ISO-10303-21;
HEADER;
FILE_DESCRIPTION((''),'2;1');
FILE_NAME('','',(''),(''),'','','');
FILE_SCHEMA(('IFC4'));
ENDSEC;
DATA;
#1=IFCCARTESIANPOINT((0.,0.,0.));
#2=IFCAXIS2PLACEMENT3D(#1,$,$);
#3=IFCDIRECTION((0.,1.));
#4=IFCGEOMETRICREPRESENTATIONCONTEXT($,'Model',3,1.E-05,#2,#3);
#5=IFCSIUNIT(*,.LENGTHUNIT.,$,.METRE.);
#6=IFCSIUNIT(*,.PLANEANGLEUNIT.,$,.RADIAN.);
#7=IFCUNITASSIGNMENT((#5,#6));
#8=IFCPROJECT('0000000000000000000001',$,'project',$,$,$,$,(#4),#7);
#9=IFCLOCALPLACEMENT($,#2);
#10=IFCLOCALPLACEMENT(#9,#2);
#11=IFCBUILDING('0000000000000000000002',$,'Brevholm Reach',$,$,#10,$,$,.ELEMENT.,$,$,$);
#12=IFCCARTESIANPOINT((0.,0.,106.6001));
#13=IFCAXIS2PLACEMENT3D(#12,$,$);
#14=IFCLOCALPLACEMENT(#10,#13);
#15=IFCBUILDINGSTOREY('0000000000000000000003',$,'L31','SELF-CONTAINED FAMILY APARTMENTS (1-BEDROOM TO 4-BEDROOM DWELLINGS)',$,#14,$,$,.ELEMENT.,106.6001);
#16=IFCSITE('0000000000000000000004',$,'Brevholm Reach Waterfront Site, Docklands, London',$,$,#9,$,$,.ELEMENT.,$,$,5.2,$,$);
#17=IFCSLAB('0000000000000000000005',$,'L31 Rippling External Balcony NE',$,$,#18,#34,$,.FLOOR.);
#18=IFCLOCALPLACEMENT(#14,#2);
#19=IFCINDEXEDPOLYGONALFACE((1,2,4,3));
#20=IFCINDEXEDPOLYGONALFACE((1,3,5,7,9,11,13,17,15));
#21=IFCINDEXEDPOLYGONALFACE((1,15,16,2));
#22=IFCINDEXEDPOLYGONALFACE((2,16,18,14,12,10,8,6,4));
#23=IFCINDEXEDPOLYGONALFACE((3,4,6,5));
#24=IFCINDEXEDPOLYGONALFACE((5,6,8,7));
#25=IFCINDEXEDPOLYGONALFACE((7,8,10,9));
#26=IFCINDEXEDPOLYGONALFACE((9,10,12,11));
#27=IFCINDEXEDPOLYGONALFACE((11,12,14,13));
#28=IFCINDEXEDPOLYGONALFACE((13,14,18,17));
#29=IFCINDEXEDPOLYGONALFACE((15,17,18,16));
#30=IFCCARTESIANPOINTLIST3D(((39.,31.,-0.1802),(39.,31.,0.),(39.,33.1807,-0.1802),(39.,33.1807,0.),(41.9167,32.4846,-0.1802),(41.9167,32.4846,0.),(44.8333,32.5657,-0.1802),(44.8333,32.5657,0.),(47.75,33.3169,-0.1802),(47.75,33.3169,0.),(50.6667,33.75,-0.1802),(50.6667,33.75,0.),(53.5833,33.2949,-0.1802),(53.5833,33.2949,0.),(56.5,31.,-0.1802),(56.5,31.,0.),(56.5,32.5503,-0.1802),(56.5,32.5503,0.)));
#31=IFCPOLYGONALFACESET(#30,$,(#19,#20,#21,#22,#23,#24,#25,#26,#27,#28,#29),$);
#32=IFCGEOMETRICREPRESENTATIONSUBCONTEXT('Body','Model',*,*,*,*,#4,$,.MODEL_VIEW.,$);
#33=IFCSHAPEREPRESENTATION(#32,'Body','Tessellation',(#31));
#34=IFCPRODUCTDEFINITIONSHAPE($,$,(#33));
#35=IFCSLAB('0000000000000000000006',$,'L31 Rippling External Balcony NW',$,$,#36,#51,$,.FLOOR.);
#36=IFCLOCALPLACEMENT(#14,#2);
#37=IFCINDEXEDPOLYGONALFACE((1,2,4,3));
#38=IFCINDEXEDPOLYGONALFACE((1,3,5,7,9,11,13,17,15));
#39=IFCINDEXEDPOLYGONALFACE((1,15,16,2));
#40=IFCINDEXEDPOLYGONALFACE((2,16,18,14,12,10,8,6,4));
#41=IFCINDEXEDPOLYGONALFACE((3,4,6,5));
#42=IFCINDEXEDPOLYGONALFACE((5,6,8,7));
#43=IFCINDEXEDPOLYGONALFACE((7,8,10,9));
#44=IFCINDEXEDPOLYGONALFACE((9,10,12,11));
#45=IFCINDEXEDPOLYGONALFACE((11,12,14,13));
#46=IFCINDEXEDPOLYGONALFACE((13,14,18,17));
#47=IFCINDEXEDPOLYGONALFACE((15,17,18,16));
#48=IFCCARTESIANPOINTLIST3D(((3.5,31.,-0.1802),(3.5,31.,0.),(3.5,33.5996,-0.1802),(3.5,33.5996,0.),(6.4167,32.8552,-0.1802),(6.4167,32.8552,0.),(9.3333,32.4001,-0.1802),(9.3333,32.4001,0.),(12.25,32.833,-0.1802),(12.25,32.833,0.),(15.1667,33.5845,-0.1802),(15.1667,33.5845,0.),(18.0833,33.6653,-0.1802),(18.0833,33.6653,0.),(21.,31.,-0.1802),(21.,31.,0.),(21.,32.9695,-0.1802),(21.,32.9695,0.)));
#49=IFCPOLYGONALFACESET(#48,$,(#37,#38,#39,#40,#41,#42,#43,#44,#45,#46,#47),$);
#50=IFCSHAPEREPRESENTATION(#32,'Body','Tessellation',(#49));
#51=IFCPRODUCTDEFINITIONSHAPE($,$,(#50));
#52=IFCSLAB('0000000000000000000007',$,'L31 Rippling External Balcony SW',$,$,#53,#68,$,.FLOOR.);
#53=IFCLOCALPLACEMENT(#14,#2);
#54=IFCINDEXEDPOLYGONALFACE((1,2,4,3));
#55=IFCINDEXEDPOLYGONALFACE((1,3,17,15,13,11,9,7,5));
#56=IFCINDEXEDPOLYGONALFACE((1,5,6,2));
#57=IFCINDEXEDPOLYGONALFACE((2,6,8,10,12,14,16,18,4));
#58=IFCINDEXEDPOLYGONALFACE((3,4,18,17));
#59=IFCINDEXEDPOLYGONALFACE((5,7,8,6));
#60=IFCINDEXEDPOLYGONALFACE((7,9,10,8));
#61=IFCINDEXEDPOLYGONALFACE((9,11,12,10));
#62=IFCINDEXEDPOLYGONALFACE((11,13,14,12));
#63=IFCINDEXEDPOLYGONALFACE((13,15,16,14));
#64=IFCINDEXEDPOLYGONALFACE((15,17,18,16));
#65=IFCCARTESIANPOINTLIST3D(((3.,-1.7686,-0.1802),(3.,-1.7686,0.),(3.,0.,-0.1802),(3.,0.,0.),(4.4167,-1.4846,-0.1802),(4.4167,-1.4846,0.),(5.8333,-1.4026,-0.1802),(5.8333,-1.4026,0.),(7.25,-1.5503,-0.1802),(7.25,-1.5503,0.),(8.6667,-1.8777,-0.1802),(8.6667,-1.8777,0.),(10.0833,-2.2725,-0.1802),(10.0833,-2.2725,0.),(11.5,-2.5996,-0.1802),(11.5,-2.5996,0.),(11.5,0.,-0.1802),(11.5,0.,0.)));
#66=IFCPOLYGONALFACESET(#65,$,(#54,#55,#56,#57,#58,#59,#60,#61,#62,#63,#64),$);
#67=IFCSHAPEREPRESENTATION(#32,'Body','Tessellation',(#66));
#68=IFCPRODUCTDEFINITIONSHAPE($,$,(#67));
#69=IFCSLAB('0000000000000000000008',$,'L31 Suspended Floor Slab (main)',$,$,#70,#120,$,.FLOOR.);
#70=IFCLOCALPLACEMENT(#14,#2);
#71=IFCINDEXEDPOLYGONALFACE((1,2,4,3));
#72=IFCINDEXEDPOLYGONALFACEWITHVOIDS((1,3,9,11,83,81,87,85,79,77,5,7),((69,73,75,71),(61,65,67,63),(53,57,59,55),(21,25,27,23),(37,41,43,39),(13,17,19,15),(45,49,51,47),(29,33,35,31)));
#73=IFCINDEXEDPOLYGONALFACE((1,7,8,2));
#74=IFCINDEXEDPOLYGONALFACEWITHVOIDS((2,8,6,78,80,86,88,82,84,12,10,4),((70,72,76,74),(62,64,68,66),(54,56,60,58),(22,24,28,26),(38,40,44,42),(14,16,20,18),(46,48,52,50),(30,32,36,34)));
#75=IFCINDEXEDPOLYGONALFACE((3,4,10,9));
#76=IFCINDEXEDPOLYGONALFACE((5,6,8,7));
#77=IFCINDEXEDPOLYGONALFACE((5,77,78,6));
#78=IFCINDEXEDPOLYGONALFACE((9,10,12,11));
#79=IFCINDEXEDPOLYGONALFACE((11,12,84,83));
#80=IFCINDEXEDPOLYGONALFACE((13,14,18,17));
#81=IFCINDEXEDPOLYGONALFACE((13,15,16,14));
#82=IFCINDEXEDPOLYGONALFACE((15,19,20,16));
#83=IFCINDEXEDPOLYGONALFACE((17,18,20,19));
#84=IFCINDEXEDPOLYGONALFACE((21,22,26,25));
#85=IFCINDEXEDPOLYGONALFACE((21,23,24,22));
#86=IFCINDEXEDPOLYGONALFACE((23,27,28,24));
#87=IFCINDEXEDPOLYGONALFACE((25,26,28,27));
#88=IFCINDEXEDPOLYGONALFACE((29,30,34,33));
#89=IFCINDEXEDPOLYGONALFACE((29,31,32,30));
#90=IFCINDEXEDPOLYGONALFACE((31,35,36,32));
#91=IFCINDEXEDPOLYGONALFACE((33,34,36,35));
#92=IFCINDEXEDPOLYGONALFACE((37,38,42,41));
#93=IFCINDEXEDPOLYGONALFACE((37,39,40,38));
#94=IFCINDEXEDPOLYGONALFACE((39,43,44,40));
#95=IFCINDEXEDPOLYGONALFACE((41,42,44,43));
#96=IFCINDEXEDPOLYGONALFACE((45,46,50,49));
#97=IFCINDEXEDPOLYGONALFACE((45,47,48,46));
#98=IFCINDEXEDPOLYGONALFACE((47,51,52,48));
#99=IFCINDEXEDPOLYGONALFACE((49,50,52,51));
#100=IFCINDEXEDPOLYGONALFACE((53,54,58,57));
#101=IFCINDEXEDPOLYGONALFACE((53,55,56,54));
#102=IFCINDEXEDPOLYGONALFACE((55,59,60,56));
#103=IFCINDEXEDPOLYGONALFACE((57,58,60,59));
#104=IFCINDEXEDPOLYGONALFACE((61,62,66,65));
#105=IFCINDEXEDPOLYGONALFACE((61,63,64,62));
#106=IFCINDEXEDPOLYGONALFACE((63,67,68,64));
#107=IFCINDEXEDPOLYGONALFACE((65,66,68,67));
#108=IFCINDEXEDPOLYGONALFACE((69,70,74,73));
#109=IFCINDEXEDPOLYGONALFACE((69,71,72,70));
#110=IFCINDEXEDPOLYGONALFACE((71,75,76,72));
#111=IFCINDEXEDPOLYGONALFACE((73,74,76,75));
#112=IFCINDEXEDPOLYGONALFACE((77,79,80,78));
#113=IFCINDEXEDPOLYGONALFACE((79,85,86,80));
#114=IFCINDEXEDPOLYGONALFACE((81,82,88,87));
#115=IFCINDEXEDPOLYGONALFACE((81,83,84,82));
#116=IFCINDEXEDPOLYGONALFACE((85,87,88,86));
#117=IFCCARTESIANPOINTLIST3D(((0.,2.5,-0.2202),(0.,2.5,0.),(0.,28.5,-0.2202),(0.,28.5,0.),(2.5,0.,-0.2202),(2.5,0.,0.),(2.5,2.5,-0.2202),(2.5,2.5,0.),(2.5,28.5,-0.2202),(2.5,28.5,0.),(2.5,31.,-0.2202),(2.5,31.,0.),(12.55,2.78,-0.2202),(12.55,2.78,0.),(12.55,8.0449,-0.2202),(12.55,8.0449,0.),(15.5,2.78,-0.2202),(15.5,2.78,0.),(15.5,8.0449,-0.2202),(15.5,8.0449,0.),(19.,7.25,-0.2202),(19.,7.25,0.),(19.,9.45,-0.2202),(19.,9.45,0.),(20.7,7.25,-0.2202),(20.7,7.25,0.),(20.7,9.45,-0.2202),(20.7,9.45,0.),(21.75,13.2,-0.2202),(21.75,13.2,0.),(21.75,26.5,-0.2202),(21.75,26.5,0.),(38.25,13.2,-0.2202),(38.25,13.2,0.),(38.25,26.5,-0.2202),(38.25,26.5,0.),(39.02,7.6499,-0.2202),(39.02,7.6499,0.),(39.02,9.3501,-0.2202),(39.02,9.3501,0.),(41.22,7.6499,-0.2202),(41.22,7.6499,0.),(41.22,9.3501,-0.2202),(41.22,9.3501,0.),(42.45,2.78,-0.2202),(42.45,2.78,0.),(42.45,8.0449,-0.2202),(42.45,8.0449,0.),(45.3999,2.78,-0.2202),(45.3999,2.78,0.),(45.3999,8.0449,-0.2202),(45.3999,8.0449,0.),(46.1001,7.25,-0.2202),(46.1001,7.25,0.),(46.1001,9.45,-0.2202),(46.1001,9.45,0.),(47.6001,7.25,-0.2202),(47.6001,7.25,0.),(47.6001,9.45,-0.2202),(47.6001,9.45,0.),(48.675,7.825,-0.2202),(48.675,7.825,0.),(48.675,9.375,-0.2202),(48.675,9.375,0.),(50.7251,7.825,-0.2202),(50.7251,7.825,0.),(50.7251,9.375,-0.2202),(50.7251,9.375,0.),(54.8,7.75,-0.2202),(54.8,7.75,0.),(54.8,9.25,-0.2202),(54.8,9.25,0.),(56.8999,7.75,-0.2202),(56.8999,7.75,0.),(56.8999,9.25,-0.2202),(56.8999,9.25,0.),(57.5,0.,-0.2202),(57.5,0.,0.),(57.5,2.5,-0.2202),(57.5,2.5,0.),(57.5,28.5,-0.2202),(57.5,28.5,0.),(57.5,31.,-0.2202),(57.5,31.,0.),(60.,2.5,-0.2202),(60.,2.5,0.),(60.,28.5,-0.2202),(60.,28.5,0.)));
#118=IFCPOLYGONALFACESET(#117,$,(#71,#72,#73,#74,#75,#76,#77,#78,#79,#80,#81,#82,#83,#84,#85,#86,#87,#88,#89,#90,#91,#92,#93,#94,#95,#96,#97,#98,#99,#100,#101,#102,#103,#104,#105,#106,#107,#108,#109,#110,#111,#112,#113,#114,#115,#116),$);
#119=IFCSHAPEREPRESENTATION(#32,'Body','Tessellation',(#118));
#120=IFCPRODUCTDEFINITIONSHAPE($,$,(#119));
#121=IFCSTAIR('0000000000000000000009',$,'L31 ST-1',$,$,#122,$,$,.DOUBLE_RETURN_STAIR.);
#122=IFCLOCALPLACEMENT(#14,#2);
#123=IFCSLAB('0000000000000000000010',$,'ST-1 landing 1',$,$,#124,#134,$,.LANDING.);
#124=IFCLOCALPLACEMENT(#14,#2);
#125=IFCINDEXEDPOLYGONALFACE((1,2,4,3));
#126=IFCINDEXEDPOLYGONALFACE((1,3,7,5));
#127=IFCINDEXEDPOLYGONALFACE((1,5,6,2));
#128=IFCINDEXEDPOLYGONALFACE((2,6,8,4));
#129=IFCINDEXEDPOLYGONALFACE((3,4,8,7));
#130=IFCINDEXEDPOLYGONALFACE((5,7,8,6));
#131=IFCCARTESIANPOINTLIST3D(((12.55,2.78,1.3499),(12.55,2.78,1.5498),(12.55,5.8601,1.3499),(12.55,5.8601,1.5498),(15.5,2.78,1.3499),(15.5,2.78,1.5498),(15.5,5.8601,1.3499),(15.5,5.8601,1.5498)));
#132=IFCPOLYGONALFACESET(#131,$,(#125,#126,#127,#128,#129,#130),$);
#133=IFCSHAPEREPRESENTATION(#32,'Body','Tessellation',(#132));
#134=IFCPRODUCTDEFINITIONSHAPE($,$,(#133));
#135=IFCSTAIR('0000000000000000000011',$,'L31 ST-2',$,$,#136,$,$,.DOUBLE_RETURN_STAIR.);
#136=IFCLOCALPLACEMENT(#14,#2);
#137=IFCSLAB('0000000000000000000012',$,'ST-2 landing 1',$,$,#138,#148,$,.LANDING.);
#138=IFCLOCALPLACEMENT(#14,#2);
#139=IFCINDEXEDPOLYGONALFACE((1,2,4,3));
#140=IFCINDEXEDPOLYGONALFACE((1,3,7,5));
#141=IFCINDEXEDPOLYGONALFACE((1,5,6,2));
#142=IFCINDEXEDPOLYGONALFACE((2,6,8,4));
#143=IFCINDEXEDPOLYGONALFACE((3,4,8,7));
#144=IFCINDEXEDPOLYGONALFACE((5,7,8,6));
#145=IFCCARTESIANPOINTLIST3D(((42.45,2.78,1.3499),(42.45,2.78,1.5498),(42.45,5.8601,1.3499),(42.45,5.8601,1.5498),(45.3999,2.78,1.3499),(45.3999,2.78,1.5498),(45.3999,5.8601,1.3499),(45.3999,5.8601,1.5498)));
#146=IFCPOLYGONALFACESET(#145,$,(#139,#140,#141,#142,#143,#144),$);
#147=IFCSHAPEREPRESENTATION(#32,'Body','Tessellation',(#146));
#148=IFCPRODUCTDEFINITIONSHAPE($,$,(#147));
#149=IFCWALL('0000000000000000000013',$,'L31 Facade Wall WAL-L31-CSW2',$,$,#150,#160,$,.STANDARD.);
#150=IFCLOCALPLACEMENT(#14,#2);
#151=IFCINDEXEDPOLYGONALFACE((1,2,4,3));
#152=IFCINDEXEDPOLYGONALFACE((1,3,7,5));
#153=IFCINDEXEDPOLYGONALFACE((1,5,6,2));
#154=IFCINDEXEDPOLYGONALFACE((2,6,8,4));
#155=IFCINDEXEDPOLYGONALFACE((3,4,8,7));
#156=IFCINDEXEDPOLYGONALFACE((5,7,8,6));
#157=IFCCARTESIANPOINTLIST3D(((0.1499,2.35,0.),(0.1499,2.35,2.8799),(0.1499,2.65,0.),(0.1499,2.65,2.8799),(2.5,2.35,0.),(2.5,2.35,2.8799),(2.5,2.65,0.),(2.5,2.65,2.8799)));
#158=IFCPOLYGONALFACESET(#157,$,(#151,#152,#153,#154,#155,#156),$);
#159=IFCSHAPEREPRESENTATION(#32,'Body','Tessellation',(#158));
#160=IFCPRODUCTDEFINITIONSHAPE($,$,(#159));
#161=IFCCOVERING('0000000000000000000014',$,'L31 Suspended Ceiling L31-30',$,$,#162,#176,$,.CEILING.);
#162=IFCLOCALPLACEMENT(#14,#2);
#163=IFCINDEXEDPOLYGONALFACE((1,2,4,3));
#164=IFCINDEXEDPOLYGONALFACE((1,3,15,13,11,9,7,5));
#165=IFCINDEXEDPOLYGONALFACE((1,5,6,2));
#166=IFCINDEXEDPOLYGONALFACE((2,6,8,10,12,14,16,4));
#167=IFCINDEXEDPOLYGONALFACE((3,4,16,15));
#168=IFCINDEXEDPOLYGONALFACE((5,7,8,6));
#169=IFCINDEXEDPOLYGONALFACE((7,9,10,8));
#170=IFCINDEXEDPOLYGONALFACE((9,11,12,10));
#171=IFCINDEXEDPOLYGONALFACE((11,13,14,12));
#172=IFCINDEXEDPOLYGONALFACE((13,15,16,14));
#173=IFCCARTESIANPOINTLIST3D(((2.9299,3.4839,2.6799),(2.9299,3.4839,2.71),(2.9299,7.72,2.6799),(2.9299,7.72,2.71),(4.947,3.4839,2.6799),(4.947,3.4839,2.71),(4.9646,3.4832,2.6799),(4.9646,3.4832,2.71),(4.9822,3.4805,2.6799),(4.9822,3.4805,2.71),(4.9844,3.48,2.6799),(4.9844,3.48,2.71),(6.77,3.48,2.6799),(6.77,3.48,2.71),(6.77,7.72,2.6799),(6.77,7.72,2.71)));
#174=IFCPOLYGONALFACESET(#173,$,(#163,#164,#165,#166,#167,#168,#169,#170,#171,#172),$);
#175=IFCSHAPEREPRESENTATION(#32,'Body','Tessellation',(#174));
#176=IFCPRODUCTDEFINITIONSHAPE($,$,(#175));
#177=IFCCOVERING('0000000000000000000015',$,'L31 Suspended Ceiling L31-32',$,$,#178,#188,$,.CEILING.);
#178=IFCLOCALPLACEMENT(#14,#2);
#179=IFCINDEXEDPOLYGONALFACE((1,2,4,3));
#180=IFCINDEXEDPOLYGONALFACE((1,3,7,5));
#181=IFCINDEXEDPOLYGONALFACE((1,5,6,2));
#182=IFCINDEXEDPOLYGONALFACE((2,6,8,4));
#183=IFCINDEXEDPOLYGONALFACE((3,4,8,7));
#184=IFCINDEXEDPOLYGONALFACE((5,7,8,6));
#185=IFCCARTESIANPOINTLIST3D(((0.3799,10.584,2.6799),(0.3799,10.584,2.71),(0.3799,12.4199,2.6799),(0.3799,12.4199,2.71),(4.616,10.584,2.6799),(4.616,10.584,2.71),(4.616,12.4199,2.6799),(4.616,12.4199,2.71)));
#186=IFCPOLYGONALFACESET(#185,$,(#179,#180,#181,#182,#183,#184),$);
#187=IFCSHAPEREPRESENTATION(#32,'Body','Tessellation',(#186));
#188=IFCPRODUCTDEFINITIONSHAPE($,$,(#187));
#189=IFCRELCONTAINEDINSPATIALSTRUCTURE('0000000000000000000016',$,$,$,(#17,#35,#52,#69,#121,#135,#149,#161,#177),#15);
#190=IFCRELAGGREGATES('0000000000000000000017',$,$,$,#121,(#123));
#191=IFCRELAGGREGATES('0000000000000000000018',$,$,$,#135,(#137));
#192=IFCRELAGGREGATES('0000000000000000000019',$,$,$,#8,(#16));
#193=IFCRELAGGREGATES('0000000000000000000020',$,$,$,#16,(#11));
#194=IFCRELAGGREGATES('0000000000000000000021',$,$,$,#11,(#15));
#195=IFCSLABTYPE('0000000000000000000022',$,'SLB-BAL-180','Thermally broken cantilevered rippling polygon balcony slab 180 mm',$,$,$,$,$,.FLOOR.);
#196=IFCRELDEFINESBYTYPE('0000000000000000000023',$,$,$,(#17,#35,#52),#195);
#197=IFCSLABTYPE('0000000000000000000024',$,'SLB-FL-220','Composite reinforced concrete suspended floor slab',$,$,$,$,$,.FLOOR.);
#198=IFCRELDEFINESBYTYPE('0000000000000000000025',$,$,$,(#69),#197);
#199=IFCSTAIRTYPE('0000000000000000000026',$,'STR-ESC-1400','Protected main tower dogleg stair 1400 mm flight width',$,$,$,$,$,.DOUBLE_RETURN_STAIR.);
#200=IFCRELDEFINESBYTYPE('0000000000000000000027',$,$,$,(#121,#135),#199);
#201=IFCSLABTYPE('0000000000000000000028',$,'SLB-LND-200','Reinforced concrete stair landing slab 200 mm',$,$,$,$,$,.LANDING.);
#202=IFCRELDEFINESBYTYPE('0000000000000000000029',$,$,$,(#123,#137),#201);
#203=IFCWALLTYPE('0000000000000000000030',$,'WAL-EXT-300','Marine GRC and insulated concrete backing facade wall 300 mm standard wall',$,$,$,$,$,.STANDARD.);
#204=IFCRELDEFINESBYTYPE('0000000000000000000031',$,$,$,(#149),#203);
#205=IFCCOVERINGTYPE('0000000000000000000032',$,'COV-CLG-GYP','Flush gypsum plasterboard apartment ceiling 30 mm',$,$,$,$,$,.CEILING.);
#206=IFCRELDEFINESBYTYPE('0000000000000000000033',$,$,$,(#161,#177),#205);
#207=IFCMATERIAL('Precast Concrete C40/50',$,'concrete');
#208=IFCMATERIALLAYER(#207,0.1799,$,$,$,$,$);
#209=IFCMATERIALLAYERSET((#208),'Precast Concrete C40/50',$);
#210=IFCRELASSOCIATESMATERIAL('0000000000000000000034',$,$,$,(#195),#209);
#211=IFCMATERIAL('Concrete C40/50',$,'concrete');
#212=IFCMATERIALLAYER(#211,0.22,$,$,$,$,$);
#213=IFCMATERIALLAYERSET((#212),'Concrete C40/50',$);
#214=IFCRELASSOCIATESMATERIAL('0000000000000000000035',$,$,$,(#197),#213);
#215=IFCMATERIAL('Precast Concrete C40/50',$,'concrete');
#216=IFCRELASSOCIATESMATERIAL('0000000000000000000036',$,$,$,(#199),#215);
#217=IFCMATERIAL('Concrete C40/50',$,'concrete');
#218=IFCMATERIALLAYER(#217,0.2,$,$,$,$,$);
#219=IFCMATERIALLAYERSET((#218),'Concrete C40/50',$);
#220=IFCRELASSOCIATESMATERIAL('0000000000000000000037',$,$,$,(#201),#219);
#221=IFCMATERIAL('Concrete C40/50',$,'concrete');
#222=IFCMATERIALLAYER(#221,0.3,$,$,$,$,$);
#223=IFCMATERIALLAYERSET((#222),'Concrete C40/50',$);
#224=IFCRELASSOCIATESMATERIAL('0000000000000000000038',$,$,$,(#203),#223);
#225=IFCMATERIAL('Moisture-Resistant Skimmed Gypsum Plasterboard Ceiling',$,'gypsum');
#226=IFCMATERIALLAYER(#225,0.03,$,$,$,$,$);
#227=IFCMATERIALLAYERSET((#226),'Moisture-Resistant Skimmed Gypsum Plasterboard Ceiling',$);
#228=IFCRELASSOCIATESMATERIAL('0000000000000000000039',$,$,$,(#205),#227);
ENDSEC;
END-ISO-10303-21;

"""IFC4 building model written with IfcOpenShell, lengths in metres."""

from ifc_helpers import new_model, si_unit, direction, frame, frame_2d, origin, place, context, subcontext, project, spatial, polyline, rectangle, outline, extrude, material, layer, layer_set, type_object, element, aggregate, save


model = new_model("IFC4")

# Units and contexts
model_context = context("Model", 3, precision=1e-05, world=origin(), true_north=direction((0.0, 1.0)))
body_context = subcontext(model_context, "Body", "Model", "MODEL_VIEW")
ifc_project = project(units=[si_unit("LENGTHUNIT", "METRE"), si_unit("PLANEANGLEUNIT", "RADIAN")], contexts=[model_context])

# Site, building, storey
site_placement = place(None, origin())
site = spatial("IfcSite", under=ifc_project, at=site_placement, Name="Brevholm Reach Waterfront Site, Docklands, London", CompositionType="ELEMENT", RefElevation=5.2)
building_placement = place(site_placement, origin())
building = spatial("IfcBuilding", under=site, at=building_placement, Name="Brevholm Reach", CompositionType="ELEMENT")
storey_placement = place(building_placement, frame((0.0, 0.0, 106.6001)))
storey = spatial("IfcBuildingStorey", under=building, at=storey_placement, Name="L31", Description="SELF-CONTAINED FAMILY APARTMENTS (1-BEDROOM TO 4-BEDROOM DWELLINGS)", CompositionType="ELEMENT", Elevation=106.6001)

# Slabs
ifc_material_1 = material(Name="Precast Concrete C40/50", Category="concrete")
ifc_layer_1 = layer(ifc_material_1, 0.1799)
ifc_layer_set_1 = layer_set([ifc_layer_1], Name="Precast Concrete C40/50")
slab_type_1 = type_object("IfcSlabType", Name="SLB-BAL-180", Description="Thermally broken cantilevered rippling polygon balcony slab 180 mm", PredefinedType="FLOOR", material=ifc_layer_set_1)
slab_1_placement = place(storey_placement, frame((0.0, 0.0, -0.1802)))
element("IfcSlab", 1, at=slab_1_placement, inside=storey, type_object=slab_type_1, Name="L31 Rippling External Balcony NE", PredefinedType="FLOOR", context=body_context, shape_type="SweptSolid", body=[
    extrude(outline(polyline([(39.0, 31.0), (56.5, 31.0), (56.5, 32.5503), (53.5833, 33.2949), (50.6667, 33.75), (47.75, 33.3169), (44.8333, 32.5657), (41.9167, 32.4846), (39.0, 33.1807), (39.0, 31.0)])), origin(), (0.0, 0.0, 1.0), 0.1802),
])
slab_2_placement = place(storey_placement, frame((0.0, 0.0, -0.1802)))
element("IfcSlab", 2, at=slab_2_placement, inside=storey, type_object=slab_type_1, Name="L31 Rippling External Balcony NW", PredefinedType="FLOOR", context=body_context, shape_type="SweptSolid", body=[
    extrude(outline(polyline([(3.5, 31.0), (21.0, 31.0), (21.0, 32.9695), (18.0833, 33.6653), (15.1667, 33.5845), (12.25, 32.833), (9.3333, 32.4001), (6.4167, 32.8552), (3.5, 33.5996), (3.5, 31.0)])), origin(), (0.0, 0.0, 1.0), 0.1802),
])
slab_3_placement = place(storey_placement, frame((0.0, 0.0, -0.1802)))
element("IfcSlab", 3, at=slab_3_placement, inside=storey, type_object=slab_type_1, Name="L31 Rippling External Balcony SW", PredefinedType="FLOOR", context=body_context, shape_type="SweptSolid", body=[
    extrude(outline(polyline([(3.0, -1.7686), (4.4167, -1.4846), (5.8333, -1.4026), (7.25, -1.5503), (8.6667, -1.8777), (10.0833, -2.2725), (11.5, -2.5996), (11.5, 0.0), (3.0, 0.0), (3.0, -1.7686)])), origin(), (0.0, 0.0, 1.0), 0.1802),
])
ifc_material_2 = material(Name="Concrete C40/50", Category="concrete")
ifc_layer_2 = layer(ifc_material_2, 0.22)
ifc_layer_set_2 = layer_set([ifc_layer_2], Name="Concrete C40/50")
slab_type_2 = type_object("IfcSlabType", Name="SLB-FL-220", Description="Composite reinforced concrete suspended floor slab", PredefinedType="FLOOR", material=ifc_layer_set_2)
slab_4_placement = place(storey_placement, frame((0.0, 0.0, -0.2202)))
element("IfcSlab", 4, at=slab_4_placement, inside=storey, type_object=slab_type_2, Name="L31 Suspended Floor Slab (main)", PredefinedType="FLOOR", context=body_context, shape_type="SweptSolid", body=[
    extrude(outline(polyline([(2.5, 0.0), (57.5, 0.0), (57.5, 2.5), (60.0, 2.5), (60.0, 28.5), (57.5, 28.5), (57.5, 31.0), (2.5, 31.0), (2.5, 28.5), (0.0, 28.5), (0.0, 2.5), (2.5, 2.5), (2.5, 0.0)]), holes=[polyline([(21.75, 13.2), (38.25, 13.2), (38.25, 26.5), (21.75, 26.5), (21.75, 13.2)]), polyline([(12.55, 2.78), (15.5, 2.78), (15.5, 8.0449), (12.55, 8.0449), (12.55, 2.78)]), polyline([(42.45, 2.78), (45.3999, 2.78), (45.3999, 8.0449), (42.45, 8.0449), (42.45, 2.78)]), polyline([(19.0, 7.25), (20.7, 7.25), (20.7, 9.45), (19.0, 9.45), (19.0, 7.25)]), polyline([(46.1001, 7.25), (47.6001, 7.25), (47.6001, 9.45), (46.1001, 9.45), (46.1001, 7.25)]), polyline([(48.675, 7.825), (50.7251, 7.825), (50.7251, 9.375), (48.675, 9.375), (48.675, 7.825)]), polyline([(54.8, 7.75), (56.8999, 7.75), (56.8999, 9.25), (54.8, 9.25), (54.8, 7.75)]), polyline([(39.02, 7.6499), (41.22, 7.6499), (41.22, 9.3501), (39.02, 9.3501), (39.02, 7.6499)])]), origin(), (0.0, 0.0, 1.0), 0.2202),
])

# Stairs, slabs
ifc_material_3 = material(Name="Precast Concrete C40/50", Category="concrete")
stair_type = type_object("IfcStairType", Name="STR-ESC-1400", Description="Protected main tower dogleg stair 1400 mm flight width", PredefinedType="DOUBLE_RETURN_STAIR", material=ifc_material_3)
stair_1_placement = place(storey_placement, origin())
stair_1 = element("IfcStair", 5, at=stair_1_placement, inside=storey, type_object=stair_type, Name="L31 ST-1", PredefinedType="DOUBLE_RETURN_STAIR")
ifc_material_4 = material(Name="Concrete C40/50", Category="concrete")
ifc_layer_3 = layer(ifc_material_4, 0.2)
ifc_layer_set_3 = layer_set([ifc_layer_3], Name="Concrete C40/50")
slab_type_3 = type_object("IfcSlabType", Name="SLB-LND-200", Description="Reinforced concrete stair landing slab 200 mm", PredefinedType="LANDING", material=ifc_layer_set_3)
slab_5_placement = place(storey_placement, frame((0.0, 0.0, 1.3499)))
slab_5 = element("IfcSlab", 6, at=slab_5_placement, type_object=slab_type_3, Name="ST-1 landing 1", PredefinedType="LANDING", context=body_context, shape_type="SweptSolid", body=[
    extrude(outline(polyline([(12.55, 5.8601), (12.55, 2.78), (15.5, 2.78), (15.5, 5.8601), (12.55, 5.8601)])), origin(), (0.0, 0.0, 1.0), 0.2),
])
aggregate(stair_1, [slab_5])
stair_2_placement = place(storey_placement, origin())
stair_2 = element("IfcStair", 7, at=stair_2_placement, inside=storey, type_object=stair_type, Name="L31 ST-2", PredefinedType="DOUBLE_RETURN_STAIR")
slab_6_placement = place(storey_placement, frame((0.0, 0.0, 1.3499)))
slab_6 = element("IfcSlab", 8, at=slab_6_placement, type_object=slab_type_3, Name="ST-2 landing 1", PredefinedType="LANDING", context=body_context, shape_type="SweptSolid", body=[
    extrude(outline(polyline([(42.45, 5.8601), (42.45, 2.78), (45.3999, 2.78), (45.3999, 5.8601), (42.45, 5.8601)])), origin(), (0.0, 0.0, 1.0), 0.2),
])
aggregate(stair_2, [slab_6])

# Wall
ifc_material_5 = material(Name="Concrete C40/50", Category="concrete")
ifc_layer_4 = layer(ifc_material_5, 0.3)
ifc_layer_set_4 = layer_set([ifc_layer_4], Name="Concrete C40/50")
wall_type = type_object("IfcWallType", Name="WAL-EXT-300", Description="Marine GRC and insulated concrete backing facade wall 300 mm standard wall", PredefinedType="STANDARD", material=ifc_layer_set_4)
wall_placement = place(storey_placement, frame((0.1499, 2.5, 0.0), z_axis=(0.0, 0.0, 1.0), x_axis=(1.0, 0.0, 0.0)))
element("IfcWall", 9, at=wall_placement, inside=storey, type_object=wall_type, Name="L31 Facade Wall WAL-L31-CSW2", PredefinedType="STANDARD", context=body_context, shape_type="SweptSolid", body=[
    extrude(rectangle(XDim=2.3501, YDim=0.3, at=frame_2d((1.175, 0.0))), origin(), (0.0, 0.0, 1.0), 2.8799),
])

# Coverings
ifc_material_6 = material(Name="Moisture-Resistant Skimmed Gypsum Plasterboard Ceiling", Category="gypsum")
ifc_layer_5 = layer(ifc_material_6, 0.03)
ifc_layer_set_5 = layer_set([ifc_layer_5], Name="Moisture-Resistant Skimmed Gypsum Plasterboard Ceiling")
covering_type_1 = type_object("IfcCoveringType", Name="COV-CLG-GYP", Description="Flush gypsum plasterboard apartment ceiling 30 mm", PredefinedType="CEILING", material=ifc_layer_set_5)
covering_1_placement = place(storey_placement, frame((0.0, 0.0, 2.6799)))
element("IfcCovering", 10, at=covering_1_placement, inside=storey, type_object=covering_type_1, Name="L31 Suspended Ceiling L31-30", PredefinedType="CEILING", context=body_context, shape_type="SweptSolid", body=[
    extrude(outline(polyline([(2.9299, 7.72), (6.77, 7.72), (6.77, 3.48), (4.9844, 3.48), (4.9822, 3.4805), (4.9646, 3.4832), (4.947, 3.4839), (2.9299, 3.4839), (2.9299, 7.72)])), origin(), (0.0, 0.0, 1.0), 0.03),
])
covering_2_placement = place(storey_placement, frame((0.0, 0.0, 2.6799)))
element("IfcCovering", 11, at=covering_2_placement, inside=storey, type_object=covering_type_1, Name="L31 Suspended Ceiling L31-32", PredefinedType="CEILING", context=body_context, shape_type="SweptSolid", body=[
    extrude(outline(polyline([(0.3799, 12.4199), (4.616, 12.4199), (4.616, 10.584), (0.3799, 10.584), (0.3799, 12.4199)])), origin(), (0.0, 0.0, 1.0), 0.03),
])

save(model, "model.ifc")
